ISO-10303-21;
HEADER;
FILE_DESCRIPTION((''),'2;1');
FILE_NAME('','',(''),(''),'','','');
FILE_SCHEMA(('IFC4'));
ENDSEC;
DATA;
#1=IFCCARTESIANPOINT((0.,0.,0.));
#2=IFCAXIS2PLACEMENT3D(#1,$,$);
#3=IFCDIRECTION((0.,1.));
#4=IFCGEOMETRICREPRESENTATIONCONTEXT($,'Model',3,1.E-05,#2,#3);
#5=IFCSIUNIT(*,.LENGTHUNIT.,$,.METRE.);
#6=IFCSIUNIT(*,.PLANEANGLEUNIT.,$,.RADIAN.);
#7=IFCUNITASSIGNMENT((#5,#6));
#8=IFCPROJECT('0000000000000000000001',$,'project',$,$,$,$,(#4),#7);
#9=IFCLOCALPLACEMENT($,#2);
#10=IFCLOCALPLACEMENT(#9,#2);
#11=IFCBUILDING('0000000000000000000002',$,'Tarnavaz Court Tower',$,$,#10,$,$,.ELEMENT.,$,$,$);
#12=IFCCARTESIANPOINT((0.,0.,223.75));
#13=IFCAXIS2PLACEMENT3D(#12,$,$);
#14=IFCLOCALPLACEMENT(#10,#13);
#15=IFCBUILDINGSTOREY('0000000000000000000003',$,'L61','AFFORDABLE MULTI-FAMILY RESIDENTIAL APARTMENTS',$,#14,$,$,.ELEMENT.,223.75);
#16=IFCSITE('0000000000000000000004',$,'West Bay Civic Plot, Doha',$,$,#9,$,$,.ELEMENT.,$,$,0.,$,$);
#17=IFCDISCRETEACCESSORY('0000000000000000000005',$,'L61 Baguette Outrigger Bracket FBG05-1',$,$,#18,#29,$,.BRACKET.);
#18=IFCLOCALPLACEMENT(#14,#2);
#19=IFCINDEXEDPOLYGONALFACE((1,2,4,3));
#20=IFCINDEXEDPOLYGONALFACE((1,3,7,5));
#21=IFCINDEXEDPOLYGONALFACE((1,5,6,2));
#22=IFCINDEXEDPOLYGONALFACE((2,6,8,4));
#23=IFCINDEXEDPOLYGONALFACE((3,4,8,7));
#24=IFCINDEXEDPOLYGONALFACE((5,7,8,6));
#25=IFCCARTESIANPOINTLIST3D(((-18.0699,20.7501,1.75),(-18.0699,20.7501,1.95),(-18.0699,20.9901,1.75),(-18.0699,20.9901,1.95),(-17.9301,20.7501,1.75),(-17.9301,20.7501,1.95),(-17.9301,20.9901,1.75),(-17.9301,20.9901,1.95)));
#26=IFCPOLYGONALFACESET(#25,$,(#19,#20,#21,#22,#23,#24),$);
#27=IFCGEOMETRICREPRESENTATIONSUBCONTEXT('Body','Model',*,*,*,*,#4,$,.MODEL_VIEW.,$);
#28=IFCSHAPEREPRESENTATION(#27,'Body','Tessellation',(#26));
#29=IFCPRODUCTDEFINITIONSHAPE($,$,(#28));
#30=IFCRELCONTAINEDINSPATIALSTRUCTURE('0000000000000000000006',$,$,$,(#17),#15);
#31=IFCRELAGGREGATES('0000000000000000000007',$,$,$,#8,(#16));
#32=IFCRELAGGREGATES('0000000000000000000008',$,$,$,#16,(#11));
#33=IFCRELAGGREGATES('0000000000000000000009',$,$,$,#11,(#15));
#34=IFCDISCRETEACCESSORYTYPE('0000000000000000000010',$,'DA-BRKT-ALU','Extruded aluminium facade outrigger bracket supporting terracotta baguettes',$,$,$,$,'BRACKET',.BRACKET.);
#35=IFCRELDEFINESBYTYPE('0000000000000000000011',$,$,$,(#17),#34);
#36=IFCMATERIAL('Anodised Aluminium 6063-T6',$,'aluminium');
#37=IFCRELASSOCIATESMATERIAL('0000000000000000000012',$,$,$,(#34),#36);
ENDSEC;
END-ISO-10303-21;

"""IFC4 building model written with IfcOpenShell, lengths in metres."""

from ifc_helpers import new_model, si_unit, direction, frame, origin, origin_2d, place, context, subcontext, project, spatial, rectangle, extrude, material, type_object, element, save


model = new_model("IFC4")

# Units and contexts
model_context = context("Model", 3, precision=1e-05, world=origin(), true_north=direction((0.0, 1.0)))
body_context = subcontext(model_context, "Body", "Model", "MODEL_VIEW")
ifc_project = project(units=[si_unit("LENGTHUNIT", "METRE"), si_unit("PLANEANGLEUNIT", "RADIAN")], contexts=[model_context])

# Site, building, storey
site_placement = place(None, origin())
site = spatial("IfcSite", under=ifc_project, at=site_placement, Name="West Bay Civic Plot, Doha", CompositionType="ELEMENT", RefElevation=0.0)
building_placement = place(site_placement, origin())
building = spatial("IfcBuilding", under=site, at=building_placement, Name="Tarnavaz Court Tower", CompositionType="ELEMENT")
storey_placement = place(building_placement, frame((0.0, 0.0, 223.75)))
storey = spatial("IfcBuildingStorey", under=building, at=storey_placement, Name="L61", Description="AFFORDABLE MULTI-FAMILY RESIDENTIAL APARTMENTS", CompositionType="ELEMENT", Elevation=223.75)

# Discrete accessory
ifc_material_1 = material(Name="Anodised Aluminium 6063-T6", Category="aluminium")
discrete_accessory_type = type_object("IfcDiscreteAccessoryType", Name="DA-BRKT-ALU", Description="Extruded aluminium facade outrigger bracket supporting terracotta baguettes", ElementType="BRACKET", PredefinedType="BRACKET", material=ifc_material_1)
for number, where, z_axis, x_axis, name in (
    (1, (-18.0, 20.8701, 1.75), (0.0, 0.0, 1.0), (1.0, 0.0, 0.0), "L61 Baguette Outrigger Bracket FBG05-1"),
):
    element("IfcDiscreteAccessory", number, at=place(storey_placement, frame(where, z_axis=z_axis, x_axis=x_axis)), inside=storey, type_object=discrete_accessory_type, Name=name, PredefinedType="BRACKET", context=body_context, shape_type="SweptSolid", body=[
        extrude(rectangle(XDim=0.1399, YDim=0.24, at=origin_2d()), origin(), (0.0, 0.0, 1.0), 0.2),
    ])

save(model, "model.ifc")
